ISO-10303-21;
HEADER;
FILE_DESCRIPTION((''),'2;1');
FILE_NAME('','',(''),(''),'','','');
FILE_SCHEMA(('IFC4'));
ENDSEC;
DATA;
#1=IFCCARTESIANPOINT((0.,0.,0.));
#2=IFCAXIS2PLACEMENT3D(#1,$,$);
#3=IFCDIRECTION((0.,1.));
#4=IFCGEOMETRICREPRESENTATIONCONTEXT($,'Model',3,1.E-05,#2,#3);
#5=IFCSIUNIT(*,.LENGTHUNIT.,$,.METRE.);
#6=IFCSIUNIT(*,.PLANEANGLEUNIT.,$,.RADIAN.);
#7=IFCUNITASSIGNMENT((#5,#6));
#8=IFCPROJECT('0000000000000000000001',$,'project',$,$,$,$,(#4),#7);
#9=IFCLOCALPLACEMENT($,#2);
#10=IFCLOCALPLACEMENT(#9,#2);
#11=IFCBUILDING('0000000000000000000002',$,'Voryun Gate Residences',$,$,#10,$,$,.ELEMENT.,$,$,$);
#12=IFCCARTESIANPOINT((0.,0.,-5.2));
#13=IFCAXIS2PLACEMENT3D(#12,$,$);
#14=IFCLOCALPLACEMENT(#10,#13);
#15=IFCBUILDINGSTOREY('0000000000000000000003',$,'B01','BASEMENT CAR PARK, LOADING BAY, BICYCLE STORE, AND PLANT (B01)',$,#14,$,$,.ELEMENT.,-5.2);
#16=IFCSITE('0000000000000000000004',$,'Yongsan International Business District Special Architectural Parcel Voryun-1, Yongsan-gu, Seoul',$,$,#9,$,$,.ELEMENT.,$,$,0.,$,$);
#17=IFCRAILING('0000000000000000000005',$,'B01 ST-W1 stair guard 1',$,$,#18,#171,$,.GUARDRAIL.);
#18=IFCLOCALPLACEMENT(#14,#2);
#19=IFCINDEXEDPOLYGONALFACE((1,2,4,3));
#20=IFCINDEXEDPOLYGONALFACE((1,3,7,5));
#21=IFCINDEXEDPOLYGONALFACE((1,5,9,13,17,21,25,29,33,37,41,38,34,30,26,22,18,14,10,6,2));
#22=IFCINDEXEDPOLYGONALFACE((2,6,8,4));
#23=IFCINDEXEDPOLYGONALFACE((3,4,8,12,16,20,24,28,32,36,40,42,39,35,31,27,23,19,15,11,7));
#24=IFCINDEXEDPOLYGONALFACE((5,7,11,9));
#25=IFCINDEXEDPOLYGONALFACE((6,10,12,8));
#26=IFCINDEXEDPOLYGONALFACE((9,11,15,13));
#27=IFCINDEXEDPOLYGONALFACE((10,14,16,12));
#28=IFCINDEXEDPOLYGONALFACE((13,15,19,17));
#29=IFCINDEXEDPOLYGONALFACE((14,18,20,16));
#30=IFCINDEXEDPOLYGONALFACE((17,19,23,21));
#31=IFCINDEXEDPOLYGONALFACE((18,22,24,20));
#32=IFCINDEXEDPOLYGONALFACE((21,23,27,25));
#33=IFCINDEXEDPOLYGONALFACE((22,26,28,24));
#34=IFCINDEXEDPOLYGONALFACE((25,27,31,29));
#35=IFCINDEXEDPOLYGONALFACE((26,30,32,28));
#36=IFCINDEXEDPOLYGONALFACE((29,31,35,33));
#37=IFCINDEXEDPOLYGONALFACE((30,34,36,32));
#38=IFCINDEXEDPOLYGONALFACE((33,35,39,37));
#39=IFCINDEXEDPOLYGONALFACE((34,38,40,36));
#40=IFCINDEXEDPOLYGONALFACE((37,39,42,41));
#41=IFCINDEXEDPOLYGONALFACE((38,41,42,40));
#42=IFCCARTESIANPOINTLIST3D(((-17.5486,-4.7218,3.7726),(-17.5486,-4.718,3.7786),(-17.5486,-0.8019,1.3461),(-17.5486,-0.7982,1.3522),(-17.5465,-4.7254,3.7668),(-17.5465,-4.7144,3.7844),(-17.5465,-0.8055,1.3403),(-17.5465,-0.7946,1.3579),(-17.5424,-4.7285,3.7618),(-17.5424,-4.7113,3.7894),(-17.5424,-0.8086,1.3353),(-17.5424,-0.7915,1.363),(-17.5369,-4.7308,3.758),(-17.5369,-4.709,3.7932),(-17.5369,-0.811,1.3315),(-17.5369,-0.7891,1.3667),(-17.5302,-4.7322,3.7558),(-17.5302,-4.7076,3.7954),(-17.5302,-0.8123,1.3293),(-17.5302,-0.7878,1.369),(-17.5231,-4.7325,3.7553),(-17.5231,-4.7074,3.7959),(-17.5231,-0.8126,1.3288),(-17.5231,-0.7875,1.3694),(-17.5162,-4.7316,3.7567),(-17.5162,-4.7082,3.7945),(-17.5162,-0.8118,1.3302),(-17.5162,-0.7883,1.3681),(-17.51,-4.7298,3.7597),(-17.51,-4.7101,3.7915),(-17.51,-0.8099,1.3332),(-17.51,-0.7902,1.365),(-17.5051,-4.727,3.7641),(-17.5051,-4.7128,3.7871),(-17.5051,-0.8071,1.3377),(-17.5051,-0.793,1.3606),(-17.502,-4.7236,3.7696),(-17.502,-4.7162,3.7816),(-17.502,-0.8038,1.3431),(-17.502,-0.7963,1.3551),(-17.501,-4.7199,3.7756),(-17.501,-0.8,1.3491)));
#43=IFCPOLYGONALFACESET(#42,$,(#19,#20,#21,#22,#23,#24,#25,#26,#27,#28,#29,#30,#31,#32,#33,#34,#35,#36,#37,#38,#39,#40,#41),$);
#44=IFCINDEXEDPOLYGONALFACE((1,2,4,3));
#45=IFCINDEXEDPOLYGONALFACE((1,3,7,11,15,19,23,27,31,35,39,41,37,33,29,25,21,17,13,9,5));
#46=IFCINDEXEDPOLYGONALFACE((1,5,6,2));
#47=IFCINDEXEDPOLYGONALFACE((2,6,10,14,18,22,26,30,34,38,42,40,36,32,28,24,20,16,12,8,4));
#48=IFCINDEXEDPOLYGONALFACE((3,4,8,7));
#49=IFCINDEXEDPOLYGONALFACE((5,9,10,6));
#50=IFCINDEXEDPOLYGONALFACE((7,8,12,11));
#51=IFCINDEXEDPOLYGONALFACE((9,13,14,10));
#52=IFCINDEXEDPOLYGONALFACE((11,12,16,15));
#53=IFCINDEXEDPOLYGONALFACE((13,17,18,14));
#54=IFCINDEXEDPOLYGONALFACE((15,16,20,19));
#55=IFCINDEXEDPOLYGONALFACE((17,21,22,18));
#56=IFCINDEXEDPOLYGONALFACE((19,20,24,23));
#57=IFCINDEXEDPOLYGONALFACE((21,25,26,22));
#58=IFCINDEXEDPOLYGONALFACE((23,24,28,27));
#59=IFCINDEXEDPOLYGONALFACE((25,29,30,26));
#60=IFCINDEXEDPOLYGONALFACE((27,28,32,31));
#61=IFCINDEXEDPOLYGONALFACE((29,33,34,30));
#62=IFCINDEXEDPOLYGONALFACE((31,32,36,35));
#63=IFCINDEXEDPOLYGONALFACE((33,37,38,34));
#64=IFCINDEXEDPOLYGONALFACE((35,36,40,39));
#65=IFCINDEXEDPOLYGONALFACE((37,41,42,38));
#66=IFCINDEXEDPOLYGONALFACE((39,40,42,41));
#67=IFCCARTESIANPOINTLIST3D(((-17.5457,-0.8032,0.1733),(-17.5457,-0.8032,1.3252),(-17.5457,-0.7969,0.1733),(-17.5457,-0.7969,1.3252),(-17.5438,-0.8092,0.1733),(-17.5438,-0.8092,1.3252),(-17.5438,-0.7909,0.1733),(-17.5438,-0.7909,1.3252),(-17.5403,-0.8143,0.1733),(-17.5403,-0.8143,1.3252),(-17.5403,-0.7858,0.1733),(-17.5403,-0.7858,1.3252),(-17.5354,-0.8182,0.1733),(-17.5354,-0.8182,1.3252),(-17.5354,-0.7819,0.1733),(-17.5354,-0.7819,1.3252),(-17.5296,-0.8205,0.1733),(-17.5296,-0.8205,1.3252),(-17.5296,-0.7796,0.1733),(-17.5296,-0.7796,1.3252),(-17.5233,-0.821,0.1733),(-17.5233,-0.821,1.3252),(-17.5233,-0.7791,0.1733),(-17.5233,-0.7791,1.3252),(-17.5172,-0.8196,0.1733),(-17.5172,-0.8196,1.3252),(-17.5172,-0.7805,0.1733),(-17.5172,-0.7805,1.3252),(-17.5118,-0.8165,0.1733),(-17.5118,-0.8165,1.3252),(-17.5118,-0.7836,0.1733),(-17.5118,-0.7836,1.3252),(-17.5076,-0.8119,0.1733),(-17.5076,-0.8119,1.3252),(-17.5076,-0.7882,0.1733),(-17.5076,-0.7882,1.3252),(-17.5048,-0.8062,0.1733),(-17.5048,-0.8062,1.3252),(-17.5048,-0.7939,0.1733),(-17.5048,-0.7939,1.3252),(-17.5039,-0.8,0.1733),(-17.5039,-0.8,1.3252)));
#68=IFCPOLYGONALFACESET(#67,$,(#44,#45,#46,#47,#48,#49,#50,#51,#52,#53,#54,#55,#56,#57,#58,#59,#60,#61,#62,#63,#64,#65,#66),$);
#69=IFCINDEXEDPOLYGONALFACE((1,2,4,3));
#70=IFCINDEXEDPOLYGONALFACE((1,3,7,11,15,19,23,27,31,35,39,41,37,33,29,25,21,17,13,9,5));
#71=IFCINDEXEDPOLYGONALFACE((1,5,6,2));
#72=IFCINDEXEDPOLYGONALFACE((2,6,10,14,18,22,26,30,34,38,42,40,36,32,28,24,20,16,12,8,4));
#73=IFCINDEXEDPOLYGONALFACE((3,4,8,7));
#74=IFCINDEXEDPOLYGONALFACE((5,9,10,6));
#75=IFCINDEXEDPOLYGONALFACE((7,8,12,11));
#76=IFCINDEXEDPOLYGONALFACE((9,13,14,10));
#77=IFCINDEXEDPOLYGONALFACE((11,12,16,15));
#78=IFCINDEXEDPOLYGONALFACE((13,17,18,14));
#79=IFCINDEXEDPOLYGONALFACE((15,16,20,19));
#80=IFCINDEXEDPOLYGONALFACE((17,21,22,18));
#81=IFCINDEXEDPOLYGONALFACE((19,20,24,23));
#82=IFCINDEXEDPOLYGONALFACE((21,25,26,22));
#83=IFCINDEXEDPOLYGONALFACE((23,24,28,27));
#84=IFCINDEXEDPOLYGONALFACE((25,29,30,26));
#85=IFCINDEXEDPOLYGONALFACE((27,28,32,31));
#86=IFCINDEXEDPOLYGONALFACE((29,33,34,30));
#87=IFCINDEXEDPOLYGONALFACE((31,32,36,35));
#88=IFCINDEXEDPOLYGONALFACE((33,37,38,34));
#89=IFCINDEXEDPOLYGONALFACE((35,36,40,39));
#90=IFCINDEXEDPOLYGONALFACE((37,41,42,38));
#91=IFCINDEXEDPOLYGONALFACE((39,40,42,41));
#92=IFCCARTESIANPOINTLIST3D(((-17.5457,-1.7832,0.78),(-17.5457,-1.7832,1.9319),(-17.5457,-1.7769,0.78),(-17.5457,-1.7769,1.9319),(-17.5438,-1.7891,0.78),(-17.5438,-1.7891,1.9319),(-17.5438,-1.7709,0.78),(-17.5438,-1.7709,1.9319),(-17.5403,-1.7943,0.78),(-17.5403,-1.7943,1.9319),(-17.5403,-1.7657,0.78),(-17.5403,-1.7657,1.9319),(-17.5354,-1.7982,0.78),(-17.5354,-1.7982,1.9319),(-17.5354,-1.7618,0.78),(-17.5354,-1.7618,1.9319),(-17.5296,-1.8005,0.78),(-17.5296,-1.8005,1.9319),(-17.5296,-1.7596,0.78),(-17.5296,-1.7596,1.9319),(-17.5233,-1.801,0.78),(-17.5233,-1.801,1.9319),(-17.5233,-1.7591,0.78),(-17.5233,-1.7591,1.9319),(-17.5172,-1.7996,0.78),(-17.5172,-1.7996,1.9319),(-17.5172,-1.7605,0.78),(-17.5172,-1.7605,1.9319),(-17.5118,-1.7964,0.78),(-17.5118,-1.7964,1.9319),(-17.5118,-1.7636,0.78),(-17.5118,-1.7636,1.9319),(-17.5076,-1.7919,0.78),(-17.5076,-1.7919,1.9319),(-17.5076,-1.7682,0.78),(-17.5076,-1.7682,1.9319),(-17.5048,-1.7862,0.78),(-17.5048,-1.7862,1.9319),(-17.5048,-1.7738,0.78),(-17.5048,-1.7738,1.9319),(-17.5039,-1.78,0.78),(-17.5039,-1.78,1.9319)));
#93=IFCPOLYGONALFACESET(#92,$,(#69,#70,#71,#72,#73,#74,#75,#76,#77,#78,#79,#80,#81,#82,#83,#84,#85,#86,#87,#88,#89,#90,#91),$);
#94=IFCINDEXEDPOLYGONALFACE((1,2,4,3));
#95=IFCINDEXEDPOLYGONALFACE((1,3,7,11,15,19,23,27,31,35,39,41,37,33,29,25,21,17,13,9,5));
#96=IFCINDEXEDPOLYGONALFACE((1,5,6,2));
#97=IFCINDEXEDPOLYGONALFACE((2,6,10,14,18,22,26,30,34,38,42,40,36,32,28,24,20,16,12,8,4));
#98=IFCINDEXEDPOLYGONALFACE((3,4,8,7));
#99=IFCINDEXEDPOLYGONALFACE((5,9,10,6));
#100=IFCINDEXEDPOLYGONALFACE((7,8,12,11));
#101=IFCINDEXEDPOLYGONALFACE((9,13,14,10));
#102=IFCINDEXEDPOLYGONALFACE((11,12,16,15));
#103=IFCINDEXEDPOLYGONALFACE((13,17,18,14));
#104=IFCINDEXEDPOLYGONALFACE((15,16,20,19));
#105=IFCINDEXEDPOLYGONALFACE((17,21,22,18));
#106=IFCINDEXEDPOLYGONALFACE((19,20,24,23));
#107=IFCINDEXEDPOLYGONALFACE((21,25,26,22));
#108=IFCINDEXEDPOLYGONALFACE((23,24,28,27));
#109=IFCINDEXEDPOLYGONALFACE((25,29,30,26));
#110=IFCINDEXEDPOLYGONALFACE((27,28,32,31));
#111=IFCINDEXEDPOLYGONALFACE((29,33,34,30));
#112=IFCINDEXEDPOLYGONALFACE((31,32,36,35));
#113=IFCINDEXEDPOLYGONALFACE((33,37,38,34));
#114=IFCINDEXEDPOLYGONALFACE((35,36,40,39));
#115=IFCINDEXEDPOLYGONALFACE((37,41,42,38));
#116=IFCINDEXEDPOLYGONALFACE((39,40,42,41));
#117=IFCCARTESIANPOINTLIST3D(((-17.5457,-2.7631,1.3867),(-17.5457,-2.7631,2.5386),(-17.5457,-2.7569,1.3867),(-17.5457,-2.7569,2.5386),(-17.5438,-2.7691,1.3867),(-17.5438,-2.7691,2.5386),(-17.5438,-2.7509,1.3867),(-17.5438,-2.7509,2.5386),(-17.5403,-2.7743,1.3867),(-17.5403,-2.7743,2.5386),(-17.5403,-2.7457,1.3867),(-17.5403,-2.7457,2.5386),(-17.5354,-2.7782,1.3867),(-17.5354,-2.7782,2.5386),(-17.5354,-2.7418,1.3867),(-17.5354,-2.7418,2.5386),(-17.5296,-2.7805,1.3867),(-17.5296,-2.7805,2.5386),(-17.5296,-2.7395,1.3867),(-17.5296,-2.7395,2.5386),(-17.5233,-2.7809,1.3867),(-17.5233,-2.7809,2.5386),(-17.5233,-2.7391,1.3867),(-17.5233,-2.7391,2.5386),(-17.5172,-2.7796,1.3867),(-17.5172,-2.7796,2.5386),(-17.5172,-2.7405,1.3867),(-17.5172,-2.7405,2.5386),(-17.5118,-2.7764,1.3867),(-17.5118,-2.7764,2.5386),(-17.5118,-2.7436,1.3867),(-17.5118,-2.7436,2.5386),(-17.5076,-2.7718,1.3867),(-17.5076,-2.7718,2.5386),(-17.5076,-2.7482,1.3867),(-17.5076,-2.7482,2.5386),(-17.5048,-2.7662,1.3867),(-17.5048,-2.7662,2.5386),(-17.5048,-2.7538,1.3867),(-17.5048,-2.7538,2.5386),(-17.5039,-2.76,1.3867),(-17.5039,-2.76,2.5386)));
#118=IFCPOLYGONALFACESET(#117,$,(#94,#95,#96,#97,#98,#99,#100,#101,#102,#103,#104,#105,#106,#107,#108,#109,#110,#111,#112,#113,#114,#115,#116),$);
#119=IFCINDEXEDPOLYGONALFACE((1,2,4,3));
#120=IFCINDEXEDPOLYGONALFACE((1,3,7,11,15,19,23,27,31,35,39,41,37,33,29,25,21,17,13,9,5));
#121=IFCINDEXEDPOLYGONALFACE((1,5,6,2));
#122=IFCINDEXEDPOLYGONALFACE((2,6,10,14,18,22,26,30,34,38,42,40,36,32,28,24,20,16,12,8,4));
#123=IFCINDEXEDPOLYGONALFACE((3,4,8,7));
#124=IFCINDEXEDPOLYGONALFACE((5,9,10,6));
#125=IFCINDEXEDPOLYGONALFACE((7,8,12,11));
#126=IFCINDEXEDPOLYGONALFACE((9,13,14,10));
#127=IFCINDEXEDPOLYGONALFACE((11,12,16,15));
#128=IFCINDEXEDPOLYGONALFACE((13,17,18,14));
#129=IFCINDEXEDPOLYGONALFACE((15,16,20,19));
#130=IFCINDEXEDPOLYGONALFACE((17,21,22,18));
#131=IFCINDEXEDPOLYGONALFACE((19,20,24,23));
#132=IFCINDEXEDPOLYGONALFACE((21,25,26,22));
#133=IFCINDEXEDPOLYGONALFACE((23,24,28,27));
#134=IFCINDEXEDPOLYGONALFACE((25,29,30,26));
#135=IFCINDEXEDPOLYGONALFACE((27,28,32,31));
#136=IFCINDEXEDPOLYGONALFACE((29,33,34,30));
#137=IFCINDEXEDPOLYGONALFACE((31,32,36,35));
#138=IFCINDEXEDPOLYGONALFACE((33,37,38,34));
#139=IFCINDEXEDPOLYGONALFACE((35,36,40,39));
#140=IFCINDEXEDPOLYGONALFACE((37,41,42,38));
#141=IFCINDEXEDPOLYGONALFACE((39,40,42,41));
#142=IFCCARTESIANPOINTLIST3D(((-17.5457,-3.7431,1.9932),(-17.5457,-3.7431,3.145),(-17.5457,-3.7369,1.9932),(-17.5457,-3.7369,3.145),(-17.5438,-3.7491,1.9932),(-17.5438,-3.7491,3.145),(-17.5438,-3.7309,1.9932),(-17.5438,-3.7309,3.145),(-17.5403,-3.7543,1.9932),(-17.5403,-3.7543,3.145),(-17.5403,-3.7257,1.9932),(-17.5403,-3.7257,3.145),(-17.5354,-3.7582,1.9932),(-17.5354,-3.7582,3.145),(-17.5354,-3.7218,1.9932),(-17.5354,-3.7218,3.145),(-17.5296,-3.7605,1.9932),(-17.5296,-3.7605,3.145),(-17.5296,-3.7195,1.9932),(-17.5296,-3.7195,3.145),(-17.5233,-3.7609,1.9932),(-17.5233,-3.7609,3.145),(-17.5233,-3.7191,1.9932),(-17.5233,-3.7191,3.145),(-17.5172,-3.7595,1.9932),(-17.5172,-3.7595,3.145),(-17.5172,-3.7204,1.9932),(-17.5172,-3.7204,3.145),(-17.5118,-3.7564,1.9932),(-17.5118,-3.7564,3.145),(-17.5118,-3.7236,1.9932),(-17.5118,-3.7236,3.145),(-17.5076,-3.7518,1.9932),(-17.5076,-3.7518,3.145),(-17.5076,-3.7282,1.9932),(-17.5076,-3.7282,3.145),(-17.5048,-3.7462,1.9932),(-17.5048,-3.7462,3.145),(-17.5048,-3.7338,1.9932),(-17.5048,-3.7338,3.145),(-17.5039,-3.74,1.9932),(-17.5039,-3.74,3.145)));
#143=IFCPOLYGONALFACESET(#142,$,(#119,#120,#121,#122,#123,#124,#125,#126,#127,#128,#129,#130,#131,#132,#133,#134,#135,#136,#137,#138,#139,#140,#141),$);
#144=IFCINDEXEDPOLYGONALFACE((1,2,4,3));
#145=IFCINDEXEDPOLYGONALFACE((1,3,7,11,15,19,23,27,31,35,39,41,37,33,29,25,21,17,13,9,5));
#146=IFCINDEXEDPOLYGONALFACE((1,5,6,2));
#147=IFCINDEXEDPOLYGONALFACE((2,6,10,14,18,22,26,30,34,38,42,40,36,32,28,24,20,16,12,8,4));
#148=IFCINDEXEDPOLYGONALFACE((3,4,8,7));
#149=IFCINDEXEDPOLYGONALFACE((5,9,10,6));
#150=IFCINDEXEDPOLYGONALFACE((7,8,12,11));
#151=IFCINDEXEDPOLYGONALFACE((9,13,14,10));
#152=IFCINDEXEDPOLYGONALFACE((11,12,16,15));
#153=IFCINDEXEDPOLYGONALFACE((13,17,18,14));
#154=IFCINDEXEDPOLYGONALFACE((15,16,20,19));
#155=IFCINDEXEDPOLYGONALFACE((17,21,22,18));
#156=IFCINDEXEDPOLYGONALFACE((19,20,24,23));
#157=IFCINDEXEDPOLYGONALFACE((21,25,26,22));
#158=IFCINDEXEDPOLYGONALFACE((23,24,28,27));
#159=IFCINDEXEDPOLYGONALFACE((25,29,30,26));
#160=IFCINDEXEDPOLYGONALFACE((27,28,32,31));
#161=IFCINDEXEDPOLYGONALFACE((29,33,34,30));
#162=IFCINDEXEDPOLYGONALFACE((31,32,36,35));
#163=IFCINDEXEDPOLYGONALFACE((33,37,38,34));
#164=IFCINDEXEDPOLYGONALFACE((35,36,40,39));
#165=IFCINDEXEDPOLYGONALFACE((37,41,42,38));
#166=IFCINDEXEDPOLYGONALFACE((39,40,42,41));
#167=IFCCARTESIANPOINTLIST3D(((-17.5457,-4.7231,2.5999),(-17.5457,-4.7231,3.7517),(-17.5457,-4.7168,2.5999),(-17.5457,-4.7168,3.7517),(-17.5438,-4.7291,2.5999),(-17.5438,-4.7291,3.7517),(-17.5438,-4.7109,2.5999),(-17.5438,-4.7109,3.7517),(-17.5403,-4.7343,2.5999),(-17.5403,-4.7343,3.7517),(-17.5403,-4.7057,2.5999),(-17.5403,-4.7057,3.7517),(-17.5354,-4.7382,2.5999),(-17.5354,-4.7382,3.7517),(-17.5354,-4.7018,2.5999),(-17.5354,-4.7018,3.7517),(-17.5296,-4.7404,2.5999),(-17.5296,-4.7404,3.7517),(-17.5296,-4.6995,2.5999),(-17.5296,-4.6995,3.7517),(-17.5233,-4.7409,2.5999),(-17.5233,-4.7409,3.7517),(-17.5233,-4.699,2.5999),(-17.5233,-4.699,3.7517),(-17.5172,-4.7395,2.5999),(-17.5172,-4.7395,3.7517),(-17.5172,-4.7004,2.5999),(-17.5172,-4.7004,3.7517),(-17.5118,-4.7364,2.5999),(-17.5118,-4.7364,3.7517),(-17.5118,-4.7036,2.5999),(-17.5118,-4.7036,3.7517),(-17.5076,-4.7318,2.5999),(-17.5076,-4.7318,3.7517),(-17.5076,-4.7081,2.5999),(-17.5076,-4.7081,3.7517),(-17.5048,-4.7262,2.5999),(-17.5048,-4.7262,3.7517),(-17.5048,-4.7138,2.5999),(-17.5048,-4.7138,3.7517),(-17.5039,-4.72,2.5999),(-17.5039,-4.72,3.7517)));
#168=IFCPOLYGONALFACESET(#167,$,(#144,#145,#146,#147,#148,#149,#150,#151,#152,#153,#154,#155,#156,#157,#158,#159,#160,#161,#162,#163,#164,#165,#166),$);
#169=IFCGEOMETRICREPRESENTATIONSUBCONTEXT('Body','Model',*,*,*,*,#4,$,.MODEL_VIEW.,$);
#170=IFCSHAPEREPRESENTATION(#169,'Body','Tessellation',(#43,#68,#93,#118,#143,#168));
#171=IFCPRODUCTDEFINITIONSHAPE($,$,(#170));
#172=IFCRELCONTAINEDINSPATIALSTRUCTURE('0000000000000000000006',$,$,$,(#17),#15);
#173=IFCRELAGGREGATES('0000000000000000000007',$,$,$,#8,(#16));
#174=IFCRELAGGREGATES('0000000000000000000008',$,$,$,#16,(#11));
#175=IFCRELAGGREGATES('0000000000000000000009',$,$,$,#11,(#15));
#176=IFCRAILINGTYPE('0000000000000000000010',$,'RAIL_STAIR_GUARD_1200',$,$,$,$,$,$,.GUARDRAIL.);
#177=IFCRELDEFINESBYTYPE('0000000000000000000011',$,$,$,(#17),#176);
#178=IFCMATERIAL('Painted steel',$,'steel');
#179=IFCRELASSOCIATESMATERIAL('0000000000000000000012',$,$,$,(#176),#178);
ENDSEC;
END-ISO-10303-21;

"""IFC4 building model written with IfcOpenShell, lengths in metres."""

from ifc_helpers import new_model, si_unit, direction, frame, origin, origin_2d, place, context, subcontext, project, spatial, circle, extrude, material, type_object, element, save


model = new_model("IFC4")

# Units and contexts
model_context = context("Model", 3, precision=1e-05, world=origin(), true_north=direction((0.0, 1.0)))
body_context = subcontext(model_context, "Body", "Model", "MODEL_VIEW")
ifc_project = project(units=[si_unit("LENGTHUNIT", "METRE"), si_unit("PLANEANGLEUNIT", "RADIAN")], contexts=[model_context])

# Site, building, storey
site_placement = place(None, origin())
site = spatial("IfcSite", under=ifc_project, at=site_placement, Name="Yongsan International Business District Special Architectural Parcel Voryun-1, Yongsan-gu, Seoul", CompositionType="ELEMENT", RefElevation=0.0)
building_placement = place(site_placement, origin())
building = spatial("IfcBuilding", under=site, at=building_placement, Name="Voryun Gate Residences", CompositionType="ELEMENT")
storey_placement = place(building_placement, frame((0.0, 0.0, -5.2)))
storey = spatial("IfcBuildingStorey", under=building, at=storey_placement, Name="B01", Description="BASEMENT CAR PARK, LOADING BAY, BICYCLE STORE, AND PLANT (B01)", CompositionType="ELEMENT", Elevation=-5.2)

# Railing
ifc_material_1 = material(Name="Painted steel", Category="steel")
railing_type = type_object("IfcRailingType", Name="RAIL_STAIR_GUARD_1200", PredefinedType="GUARDRAIL", material=ifc_material_1)
railing_1_placement = place(storey_placement, frame((-17.5249, -0.8, 0.1733)))
element("IfcRailing", 1, at=railing_1_placement, inside=storey, type_object=railing_type, Name="B01 ST-W1 stair guard 1", PredefinedType="GUARDRAIL", context=body_context, shape_type="SweptSolid", body=[
    extrude(circle(Radius=0.0239, at=origin_2d()), frame((0.0, 0.0, 1.1758), z_axis=(0.0, -0.850275, 0.526338), x_axis=(1.0, 0.0, 0.0)), (0.0, 0.0, 1.0), 4.6101),
    extrude(circle(Radius=0.021, at=origin_2d()), origin(), (0.0, 0.0, 1.0), 1.1519),
    extrude(circle(Radius=0.021, at=origin_2d()), frame((0.0, -0.98, 0.6067)), (0.0, 0.0, 1.0), 1.1519),
    extrude(circle(Radius=0.021, at=origin_2d()), frame((0.0, -1.96, 1.2134)), (0.0, 0.0, 1.0), 1.1519),
    extrude(circle(Radius=0.021, at=origin_2d()), frame((0.0, -2.9399, 1.8198)), (0.0, 0.0, 1.0), 1.1519),
    extrude(circle(Radius=0.021, at=origin_2d()), frame((0.0, -3.9199, 2.4265)), (0.0, 0.0, 1.0), 1.1519),
])

save(model, "model.ifc")
